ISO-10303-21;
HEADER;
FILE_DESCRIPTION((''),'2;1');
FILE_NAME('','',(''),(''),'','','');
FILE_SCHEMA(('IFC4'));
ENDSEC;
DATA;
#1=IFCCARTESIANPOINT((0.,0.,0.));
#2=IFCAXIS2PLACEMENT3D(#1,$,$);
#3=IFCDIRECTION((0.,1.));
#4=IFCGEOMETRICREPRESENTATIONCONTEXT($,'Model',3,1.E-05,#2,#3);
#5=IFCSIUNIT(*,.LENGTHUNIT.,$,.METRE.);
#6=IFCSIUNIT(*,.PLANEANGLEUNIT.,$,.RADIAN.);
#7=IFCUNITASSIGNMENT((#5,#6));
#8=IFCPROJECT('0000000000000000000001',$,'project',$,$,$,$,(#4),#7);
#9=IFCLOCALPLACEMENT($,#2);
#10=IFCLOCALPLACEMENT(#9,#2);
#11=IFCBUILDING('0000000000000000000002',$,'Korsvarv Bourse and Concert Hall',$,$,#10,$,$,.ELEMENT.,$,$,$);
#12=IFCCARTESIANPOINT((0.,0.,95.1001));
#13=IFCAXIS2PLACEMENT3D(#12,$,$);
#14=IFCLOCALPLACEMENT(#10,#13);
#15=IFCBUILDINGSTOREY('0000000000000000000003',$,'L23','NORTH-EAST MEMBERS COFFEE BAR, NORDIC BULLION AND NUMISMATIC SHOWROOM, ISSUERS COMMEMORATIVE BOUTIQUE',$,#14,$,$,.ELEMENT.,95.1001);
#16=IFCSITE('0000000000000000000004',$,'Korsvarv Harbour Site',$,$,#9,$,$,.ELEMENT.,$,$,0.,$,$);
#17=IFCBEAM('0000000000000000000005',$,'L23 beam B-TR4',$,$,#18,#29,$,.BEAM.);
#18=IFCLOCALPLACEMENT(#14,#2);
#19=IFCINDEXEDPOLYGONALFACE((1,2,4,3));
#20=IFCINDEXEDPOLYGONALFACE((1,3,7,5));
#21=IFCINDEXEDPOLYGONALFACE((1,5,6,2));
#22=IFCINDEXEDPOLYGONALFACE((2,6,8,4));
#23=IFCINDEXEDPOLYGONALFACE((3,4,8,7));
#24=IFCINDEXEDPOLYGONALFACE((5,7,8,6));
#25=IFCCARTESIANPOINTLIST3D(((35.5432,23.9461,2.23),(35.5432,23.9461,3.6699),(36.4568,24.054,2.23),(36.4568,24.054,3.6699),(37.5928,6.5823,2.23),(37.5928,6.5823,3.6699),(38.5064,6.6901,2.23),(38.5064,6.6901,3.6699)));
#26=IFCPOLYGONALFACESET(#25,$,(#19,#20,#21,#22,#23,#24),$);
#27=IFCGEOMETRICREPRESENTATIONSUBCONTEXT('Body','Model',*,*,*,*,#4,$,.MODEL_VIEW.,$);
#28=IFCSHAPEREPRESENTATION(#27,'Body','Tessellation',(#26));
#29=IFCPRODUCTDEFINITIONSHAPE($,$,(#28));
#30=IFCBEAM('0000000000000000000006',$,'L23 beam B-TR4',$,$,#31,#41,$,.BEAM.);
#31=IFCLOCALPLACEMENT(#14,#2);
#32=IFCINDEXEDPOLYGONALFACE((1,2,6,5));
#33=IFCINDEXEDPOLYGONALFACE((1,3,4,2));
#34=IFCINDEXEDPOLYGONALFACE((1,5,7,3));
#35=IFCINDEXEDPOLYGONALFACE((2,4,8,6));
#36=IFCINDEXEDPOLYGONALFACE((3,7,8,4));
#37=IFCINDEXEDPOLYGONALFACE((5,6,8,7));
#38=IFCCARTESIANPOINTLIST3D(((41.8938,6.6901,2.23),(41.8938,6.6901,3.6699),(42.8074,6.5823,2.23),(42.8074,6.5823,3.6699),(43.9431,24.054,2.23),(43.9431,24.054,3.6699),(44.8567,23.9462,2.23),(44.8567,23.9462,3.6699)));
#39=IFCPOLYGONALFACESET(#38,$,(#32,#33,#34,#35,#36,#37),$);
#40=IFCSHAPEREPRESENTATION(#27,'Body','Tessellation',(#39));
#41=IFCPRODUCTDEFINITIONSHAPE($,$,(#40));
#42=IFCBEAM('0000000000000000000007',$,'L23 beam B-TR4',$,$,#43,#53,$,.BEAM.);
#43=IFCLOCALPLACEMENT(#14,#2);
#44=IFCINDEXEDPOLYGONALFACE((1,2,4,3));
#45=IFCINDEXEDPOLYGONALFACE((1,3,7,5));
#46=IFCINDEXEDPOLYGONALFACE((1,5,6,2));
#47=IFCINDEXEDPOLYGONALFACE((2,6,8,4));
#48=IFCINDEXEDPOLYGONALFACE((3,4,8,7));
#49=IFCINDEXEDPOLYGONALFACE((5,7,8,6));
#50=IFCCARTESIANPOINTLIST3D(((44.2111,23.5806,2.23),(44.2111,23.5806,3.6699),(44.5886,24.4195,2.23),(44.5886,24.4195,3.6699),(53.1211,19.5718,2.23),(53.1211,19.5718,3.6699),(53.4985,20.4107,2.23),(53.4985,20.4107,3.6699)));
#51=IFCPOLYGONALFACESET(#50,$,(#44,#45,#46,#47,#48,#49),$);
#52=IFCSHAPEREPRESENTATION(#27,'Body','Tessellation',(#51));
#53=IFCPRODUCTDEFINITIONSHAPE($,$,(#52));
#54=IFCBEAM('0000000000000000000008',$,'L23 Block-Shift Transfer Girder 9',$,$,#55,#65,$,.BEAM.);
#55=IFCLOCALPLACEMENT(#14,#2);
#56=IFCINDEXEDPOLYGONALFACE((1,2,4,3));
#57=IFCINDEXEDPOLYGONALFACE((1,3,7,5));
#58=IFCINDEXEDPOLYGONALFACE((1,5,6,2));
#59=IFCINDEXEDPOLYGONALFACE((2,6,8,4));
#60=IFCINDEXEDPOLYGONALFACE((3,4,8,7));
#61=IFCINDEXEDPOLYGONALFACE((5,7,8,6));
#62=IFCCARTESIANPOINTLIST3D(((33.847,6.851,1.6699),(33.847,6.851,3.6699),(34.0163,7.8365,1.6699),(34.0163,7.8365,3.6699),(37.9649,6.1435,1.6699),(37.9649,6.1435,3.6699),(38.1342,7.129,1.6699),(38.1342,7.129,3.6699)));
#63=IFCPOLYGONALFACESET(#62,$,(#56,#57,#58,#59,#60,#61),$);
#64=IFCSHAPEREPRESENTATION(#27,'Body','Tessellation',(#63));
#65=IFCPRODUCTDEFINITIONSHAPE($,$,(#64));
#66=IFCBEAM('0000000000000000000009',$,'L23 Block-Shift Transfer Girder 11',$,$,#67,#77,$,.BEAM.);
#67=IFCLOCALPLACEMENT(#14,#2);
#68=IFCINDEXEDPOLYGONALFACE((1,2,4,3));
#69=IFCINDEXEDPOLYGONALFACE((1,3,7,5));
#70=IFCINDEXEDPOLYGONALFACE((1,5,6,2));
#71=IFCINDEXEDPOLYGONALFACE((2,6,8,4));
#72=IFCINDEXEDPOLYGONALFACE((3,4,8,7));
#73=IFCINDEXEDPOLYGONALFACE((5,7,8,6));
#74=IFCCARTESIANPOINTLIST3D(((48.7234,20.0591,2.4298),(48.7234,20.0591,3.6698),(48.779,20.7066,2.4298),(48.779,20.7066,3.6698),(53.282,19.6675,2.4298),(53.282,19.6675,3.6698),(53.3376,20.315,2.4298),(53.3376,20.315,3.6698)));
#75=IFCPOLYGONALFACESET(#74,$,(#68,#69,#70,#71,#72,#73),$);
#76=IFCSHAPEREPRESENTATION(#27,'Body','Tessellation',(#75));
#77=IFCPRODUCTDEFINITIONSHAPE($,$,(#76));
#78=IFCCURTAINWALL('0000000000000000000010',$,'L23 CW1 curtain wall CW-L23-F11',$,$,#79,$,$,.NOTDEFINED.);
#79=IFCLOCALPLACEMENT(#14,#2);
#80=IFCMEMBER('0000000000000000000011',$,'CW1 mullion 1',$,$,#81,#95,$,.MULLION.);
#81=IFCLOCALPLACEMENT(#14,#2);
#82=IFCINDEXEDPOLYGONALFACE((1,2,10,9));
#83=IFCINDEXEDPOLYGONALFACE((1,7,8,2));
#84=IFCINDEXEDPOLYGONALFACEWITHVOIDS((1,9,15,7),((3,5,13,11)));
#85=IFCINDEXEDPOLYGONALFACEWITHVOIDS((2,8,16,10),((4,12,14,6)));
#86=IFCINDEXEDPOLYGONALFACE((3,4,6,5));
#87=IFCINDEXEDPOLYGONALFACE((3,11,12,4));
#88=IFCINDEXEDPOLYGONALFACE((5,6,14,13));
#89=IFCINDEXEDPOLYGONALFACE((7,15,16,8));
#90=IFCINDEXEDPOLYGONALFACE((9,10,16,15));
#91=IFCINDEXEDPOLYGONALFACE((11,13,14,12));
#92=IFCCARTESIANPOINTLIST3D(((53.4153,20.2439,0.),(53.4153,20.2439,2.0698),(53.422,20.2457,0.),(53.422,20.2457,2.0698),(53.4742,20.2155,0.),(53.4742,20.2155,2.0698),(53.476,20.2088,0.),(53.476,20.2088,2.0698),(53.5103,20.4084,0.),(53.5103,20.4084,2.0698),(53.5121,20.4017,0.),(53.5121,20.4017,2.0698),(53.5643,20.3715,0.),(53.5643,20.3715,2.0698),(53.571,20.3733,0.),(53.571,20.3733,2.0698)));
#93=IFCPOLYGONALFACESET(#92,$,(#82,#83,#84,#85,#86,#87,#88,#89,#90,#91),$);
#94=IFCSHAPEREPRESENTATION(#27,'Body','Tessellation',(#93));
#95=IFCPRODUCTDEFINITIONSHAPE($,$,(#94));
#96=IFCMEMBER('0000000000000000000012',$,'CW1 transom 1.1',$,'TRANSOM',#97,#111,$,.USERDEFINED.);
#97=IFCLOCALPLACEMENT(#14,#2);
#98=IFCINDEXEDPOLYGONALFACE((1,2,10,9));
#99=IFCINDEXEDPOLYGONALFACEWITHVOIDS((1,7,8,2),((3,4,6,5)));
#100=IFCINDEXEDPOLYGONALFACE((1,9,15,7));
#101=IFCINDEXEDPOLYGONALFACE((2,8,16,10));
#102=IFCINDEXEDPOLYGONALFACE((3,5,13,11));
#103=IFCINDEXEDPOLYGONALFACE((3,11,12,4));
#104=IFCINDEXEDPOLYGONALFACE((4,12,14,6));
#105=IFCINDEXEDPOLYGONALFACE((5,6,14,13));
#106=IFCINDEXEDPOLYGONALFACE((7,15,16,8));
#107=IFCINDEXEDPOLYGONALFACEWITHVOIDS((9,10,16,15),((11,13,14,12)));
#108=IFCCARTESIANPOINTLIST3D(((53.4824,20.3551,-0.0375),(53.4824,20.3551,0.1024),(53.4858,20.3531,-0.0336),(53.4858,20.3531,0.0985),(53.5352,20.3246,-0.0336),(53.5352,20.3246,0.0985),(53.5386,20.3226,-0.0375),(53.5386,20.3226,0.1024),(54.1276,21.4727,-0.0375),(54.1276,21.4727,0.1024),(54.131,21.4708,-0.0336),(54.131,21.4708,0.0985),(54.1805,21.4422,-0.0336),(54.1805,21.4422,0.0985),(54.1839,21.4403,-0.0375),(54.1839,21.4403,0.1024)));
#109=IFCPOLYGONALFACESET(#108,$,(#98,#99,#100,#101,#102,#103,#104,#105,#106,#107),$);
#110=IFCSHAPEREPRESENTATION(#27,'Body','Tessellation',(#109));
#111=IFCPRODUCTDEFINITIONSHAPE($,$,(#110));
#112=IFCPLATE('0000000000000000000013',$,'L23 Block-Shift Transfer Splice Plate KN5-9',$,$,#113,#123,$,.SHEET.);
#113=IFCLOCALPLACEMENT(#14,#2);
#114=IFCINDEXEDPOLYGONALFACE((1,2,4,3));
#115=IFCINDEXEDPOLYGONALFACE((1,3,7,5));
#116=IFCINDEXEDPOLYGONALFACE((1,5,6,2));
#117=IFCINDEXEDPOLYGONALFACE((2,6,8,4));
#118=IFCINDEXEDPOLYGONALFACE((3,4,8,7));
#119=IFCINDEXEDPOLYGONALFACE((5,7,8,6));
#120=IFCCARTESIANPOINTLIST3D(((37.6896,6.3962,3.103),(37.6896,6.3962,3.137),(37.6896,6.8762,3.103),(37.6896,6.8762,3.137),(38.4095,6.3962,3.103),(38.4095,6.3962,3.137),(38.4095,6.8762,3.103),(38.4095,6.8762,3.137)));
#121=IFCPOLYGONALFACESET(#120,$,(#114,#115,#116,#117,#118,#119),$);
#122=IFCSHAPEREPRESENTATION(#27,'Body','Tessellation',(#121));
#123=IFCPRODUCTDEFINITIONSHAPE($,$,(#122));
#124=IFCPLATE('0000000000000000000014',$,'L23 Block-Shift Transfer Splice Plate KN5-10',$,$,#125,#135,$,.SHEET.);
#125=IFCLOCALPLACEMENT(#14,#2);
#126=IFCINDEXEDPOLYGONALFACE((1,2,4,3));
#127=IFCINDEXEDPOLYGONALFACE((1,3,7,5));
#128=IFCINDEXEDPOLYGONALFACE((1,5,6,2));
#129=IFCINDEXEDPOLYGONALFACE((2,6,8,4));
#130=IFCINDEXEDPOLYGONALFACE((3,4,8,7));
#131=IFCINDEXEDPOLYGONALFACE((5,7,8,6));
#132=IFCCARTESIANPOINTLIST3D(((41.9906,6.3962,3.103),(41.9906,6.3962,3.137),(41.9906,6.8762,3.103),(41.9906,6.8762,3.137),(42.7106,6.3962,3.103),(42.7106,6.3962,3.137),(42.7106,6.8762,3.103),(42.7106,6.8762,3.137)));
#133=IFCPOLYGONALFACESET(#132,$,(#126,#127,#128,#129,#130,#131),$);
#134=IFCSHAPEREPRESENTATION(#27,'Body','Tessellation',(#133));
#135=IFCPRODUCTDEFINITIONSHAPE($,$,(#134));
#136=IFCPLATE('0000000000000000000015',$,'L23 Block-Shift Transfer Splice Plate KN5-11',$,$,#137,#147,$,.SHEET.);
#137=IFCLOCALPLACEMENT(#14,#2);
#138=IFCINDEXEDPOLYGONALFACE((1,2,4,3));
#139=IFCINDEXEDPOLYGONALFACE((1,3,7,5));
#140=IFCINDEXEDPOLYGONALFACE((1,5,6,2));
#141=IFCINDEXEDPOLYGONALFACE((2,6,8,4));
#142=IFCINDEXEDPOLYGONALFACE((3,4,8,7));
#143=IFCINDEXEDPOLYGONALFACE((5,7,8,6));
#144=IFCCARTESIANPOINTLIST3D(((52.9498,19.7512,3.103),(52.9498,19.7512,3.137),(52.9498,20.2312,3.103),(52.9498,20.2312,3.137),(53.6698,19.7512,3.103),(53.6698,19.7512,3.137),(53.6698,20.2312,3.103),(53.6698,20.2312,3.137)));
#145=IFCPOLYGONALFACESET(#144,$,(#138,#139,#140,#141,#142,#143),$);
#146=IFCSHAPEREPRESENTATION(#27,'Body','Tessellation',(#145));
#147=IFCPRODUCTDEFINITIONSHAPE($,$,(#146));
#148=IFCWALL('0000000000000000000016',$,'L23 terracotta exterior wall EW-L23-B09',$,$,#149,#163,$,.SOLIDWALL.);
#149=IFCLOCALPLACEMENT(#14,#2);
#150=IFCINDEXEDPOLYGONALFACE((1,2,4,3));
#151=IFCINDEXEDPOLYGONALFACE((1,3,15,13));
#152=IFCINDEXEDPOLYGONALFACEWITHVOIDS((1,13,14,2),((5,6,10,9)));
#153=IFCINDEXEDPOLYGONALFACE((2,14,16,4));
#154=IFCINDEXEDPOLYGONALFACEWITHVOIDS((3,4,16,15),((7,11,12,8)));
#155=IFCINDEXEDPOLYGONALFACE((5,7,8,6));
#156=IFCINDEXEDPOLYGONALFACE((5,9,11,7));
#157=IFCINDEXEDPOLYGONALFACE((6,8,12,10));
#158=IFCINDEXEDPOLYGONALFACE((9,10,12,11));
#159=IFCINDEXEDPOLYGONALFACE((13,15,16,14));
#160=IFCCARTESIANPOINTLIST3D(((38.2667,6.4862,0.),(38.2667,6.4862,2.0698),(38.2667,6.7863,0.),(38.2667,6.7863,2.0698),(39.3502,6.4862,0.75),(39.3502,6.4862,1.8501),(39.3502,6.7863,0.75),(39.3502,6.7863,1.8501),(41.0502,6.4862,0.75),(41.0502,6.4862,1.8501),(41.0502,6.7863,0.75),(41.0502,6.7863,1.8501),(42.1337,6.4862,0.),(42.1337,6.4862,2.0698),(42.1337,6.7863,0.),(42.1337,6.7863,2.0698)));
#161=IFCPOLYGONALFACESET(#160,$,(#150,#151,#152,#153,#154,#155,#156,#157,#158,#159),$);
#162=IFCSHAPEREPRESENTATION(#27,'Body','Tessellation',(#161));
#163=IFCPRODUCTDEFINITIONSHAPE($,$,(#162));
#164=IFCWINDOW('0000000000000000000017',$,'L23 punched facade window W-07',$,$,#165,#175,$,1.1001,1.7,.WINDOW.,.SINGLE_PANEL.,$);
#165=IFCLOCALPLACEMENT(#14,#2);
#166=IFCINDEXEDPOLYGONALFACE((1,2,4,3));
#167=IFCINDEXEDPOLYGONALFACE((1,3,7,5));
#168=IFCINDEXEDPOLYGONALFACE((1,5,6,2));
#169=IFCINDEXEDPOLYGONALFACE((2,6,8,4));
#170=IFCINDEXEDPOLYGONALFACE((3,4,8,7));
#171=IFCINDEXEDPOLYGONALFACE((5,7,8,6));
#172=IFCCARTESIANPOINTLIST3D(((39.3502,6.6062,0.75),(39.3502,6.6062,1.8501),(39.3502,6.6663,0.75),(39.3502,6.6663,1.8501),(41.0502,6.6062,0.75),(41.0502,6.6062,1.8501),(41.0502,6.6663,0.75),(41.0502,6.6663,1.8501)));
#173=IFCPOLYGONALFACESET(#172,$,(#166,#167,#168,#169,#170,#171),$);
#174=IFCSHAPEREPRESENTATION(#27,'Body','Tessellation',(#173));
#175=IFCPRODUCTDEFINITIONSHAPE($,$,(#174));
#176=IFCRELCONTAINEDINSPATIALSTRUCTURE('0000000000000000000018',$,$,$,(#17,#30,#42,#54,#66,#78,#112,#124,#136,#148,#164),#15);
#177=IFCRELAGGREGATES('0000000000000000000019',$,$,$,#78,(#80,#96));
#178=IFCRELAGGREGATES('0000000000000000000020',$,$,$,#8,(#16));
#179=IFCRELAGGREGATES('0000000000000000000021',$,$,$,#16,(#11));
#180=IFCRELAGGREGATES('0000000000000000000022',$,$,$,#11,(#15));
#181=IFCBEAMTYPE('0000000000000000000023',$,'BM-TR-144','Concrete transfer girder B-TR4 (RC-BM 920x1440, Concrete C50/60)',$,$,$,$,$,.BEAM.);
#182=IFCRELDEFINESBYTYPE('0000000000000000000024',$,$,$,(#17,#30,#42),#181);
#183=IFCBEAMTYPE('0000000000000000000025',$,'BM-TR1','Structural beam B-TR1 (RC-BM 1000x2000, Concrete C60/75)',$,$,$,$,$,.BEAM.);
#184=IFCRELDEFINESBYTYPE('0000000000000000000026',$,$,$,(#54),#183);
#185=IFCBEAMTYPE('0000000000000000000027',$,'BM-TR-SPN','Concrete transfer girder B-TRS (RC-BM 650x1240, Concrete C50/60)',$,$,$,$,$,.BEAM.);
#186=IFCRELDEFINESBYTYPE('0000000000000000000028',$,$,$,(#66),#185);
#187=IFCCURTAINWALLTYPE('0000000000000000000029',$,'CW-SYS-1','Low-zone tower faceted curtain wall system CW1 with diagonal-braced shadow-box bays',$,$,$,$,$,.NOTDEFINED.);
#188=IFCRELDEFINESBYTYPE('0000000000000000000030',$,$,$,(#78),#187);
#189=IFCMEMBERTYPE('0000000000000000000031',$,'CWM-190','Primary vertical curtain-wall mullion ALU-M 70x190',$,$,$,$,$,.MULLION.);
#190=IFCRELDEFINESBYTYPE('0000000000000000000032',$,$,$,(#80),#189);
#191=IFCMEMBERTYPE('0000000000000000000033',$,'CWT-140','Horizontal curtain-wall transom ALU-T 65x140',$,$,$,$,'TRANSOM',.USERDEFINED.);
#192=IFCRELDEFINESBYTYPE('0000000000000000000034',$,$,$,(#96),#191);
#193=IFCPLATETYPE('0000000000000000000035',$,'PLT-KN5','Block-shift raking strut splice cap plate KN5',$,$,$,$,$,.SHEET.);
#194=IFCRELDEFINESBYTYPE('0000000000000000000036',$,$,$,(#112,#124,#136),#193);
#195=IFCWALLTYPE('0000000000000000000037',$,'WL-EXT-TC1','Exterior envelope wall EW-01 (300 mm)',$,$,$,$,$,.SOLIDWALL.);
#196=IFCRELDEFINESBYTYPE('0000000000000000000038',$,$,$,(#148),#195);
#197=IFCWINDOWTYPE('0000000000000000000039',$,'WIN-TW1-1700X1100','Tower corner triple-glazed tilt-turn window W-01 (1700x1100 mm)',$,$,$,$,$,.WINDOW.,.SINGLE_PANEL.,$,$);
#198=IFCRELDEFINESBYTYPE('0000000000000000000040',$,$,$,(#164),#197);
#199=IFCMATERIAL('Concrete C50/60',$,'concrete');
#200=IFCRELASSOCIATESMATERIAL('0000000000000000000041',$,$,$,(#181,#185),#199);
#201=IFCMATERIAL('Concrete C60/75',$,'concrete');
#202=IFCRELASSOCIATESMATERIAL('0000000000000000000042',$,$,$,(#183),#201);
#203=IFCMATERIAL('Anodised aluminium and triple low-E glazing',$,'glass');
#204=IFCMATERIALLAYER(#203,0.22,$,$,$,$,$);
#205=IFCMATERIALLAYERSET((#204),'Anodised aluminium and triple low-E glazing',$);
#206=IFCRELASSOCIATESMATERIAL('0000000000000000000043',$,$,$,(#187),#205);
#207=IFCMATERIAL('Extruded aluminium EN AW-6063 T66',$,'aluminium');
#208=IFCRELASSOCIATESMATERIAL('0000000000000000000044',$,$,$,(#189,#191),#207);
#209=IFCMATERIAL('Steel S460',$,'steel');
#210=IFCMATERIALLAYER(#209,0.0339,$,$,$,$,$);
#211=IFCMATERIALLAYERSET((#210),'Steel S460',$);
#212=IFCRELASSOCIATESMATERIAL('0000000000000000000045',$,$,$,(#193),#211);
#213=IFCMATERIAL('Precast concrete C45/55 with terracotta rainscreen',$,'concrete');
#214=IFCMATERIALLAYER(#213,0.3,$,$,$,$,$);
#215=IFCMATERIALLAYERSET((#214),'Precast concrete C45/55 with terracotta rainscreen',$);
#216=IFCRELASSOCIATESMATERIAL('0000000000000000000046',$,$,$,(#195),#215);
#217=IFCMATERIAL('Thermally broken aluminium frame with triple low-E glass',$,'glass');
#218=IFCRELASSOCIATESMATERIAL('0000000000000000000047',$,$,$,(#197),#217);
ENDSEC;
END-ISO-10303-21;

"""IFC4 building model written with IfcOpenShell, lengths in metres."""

from ifc_helpers import new_model, si_unit, direction, frame, frame_2d, origin, origin_2d, place, context, subcontext, project, spatial, rectangle, hollow_rectangle, extrude, source, transform, mapped, material, layer, layer_set, material_profile, profile_set, type_object, element, fill, aggregate, save


model = new_model("IFC4")

# Units and contexts
model_context = context("Model", 3, precision=1e-05, world=origin(), true_north=direction((0.0, 1.0)))
body_context = subcontext(model_context, "Body", "Model", "MODEL_VIEW")
ifc_project = project(units=[si_unit("LENGTHUNIT", "METRE"), si_unit("PLANEANGLEUNIT", "RADIAN")], contexts=[model_context])

# Site, building, storey
site_placement = place(None, origin())
site = spatial("IfcSite", under=ifc_project, at=site_placement, Name="Korsvarv Harbour Site", CompositionType="ELEMENT", RefElevation=0.0)
building_placement = place(site_placement, origin())
building = spatial("IfcBuilding", under=site, at=building_placement, Name="Korsvarv Bourse and Concert Hall", CompositionType="ELEMENT")
storey_placement = place(building_placement, frame((0.0, 0.0, 95.1001)))
storey = spatial("IfcBuildingStorey", under=building, at=storey_placement, Name="L23", Description="NORTH-EAST MEMBERS COFFEE BAR, NORDIC BULLION AND NUMISMATIC SHOWROOM, ISSUERS COMMEMORATIVE BOUTIQUE", CompositionType="ELEMENT", Elevation=95.1001)

# Shared definitions
ifc_material_1 = material(Name="Steel S460", Category="steel")

# Beams
ifc_material_2 = material(Name="Concrete C50/60", Category="concrete")
ifc_material_profile_1 = material_profile(ifc_material_2, rectangle(XDim=0.9199, YDim=1.4399, at=origin_2d()), Name="RC-BM 920x1440")
ifc_profile_set_1 = profile_set([ifc_material_profile_1], Name="Concrete C50/60")
beam_type_1 = type_object("IfcBeamType", Name="BM-TR-144", Description="Concrete transfer girder B-TR4 (RC-BM 920x1440, Concrete C50/60)", PredefinedType="BEAM", material=ifc_profile_set_1)
shared_shape_1 = source(origin(), body_context, "Body", "SweptSolid", [
    extrude(rectangle(XDim=0.9199, YDim=1.4399, at=origin_2d()), origin(), (0.0, 0.0, 1.0), 17.4844),
])
for number, where, z_axis, x_axis, name in (
    (1, (38.0496, 6.6362, 2.95), (-0.117223, 0.993106, 0.0), (-0.993106, -0.117223, 0.0), "L23 beam B-TR4"),
    (2, (42.3506, 6.6362, 2.95), (0.117209, 0.993107, 0.0), (-0.993107, 0.117209, 0.0), "L23 beam B-TR4"),
):
    element("IfcBeam", number, at=place(storey_placement, frame(where, z_axis=z_axis, x_axis=x_axis)), inside=storey, type_object=beam_type_1, Name=name, PredefinedType="BEAM", context=body_context, shape_type="MappedRepresentation", body=[
        mapped(shared_shape_1, transform((0.0, 0.0, 0.0), scale=1.0)),
    ])
shared_shape_2 = source(origin(), body_context, "Body", "SweptSolid", [
    extrude(rectangle(XDim=0.9199, YDim=1.4399, at=origin_2d()), origin(), (0.0, 0.0, 1.0), 9.7703),
])
beam_1_placement = place(storey_placement, frame((53.3098, 19.9912, 2.95), z_axis=(-0.911947, 0.410308, 0.0), x_axis=(-0.410308, -0.911947, 0.0)))
element("IfcBeam", 3, at=beam_1_placement, inside=storey, type_object=beam_type_1, Name="L23 beam B-TR4", PredefinedType="BEAM", context=body_context, shape_type="MappedRepresentation", body=[
    mapped(shared_shape_2, transform((0.0, 0.0, 0.0), scale=1.0)),
])
ifc_material_3 = material(Name="Concrete C60/75", Category="concrete")
ifc_material_profile_2 = material_profile(ifc_material_3, rectangle(XDim=1.0, YDim=2.0, at=origin_2d()), Name="RC-BM 1000x2000")
ifc_profile_set_2 = profile_set([ifc_material_profile_2], Name="Concrete C60/75")
beam_type_2 = type_object("IfcBeamType", Name="BM-TR1", Description="Structural beam B-TR1 (RC-BM 1000x2000, Concrete C60/75)", PredefinedType="BEAM", material=ifc_profile_set_2)
shared_shape_3 = source(origin(), body_context, "Body", "SweptSolid", [
    extrude(rectangle(XDim=1.0, YDim=2.0, at=origin_2d()), origin(), (0.0, 0.0, 1.0), 4.1782),
])
beam_2_placement = place(storey_placement, frame((38.0496, 6.6362, 2.6699), z_axis=(-0.985559, 0.169334, 0.0), x_axis=(-0.169334, -0.985559, 0.0)))
element("IfcBeam", 4, at=beam_2_placement, inside=storey, type_object=beam_type_2, Name="L23 Block-Shift Transfer Girder 9", PredefinedType="BEAM", context=body_context, shape_type="MappedRepresentation", body=[
    mapped(shared_shape_3, transform((0.0, 0.0, 0.0), scale=1.0)),
])
ifc_material_profile_3 = material_profile(ifc_material_2, rectangle(XDim=0.6499, YDim=1.24, at=origin_2d()), Name="RC-BM 650x1240")
ifc_profile_set_3 = profile_set([ifc_material_profile_3], Name="Concrete C50/60")
beam_type_3 = type_object("IfcBeamType", Name="BM-TR-SPN", Description="Concrete transfer girder B-TRS (RC-BM 650x1240, Concrete C50/60)", PredefinedType="BEAM", material=ifc_profile_set_3)
shared_shape_4 = source(origin(), body_context, "Body", "SweptSolid", [
    extrude(rectangle(XDim=0.6499, YDim=1.24, at=origin_2d()), origin(), (0.0, 0.0, 1.0), 4.5754),
])
beam_3_placement = place(storey_placement, frame((53.3098, 19.9912, 3.0498), z_axis=(-0.996331, 0.085589, 0.0), x_axis=(-0.085589, -0.996331, 0.0)))
element("IfcBeam", 5, at=beam_3_placement, inside=storey, type_object=beam_type_3, Name="L23 Block-Shift Transfer Girder 11", PredefinedType="BEAM", context=body_context, shape_type="MappedRepresentation", body=[
    mapped(shared_shape_4, transform((0.0, 0.0, 0.0), scale=1.0)),
])

# Curtain wall, members
ifc_material_4 = material(Name="Anodised aluminium and triple low-E glazing", Category="glass")
ifc_layer_1 = layer(ifc_material_4, 0.22)
ifc_layer_set_1 = layer_set([ifc_layer_1], Name="Anodised aluminium and triple low-E glazing")
curtain_wall_type = type_object("IfcCurtainWallType", Name="CW-SYS-1", Description="Low-zone tower faceted curtain wall system CW1 with diagonal-braced shadow-box bays", PredefinedType="NOTDEFINED", material=ifc_layer_set_1)
curtain_wall_placement = place(storey_placement, origin())
curtain_wall = element("IfcCurtainWall", 6, at=curtain_wall_placement, inside=storey, type_object=curtain_wall_type, Name="L23 CW1 curtain wall CW-L23-F11", PredefinedType="NOTDEFINED")
ifc_material_5 = material(Name="Extruded aluminium EN AW-6063 T66", Category="aluminium")
ifc_material_profile_4 = material_profile(ifc_material_5, hollow_rectangle(XDim=0.0701, YDim=0.1899, WallThickness=0.0049, at=origin_2d()), Name="ALU-M 70x190")
ifc_profile_set_4 = profile_set([ifc_material_profile_4], Name="Extruded aluminium EN AW-6063 T66")
member_type_1 = type_object("IfcMemberType", Name="CWM-190", Description="Primary vertical curtain-wall mullion ALU-M 70x190", PredefinedType="MULLION", material=ifc_profile_set_4)
shared_shape_5 = source(origin(), body_context, "Body", "SweptSolid", [
    extrude(hollow_rectangle(XDim=0.0701, YDim=0.1899, WallThickness=0.0049, at=origin_2d()), origin(), (0.0, 0.0, 1.0), 2.0698),
])
member_1_placement = place(storey_placement, frame((53.4932, 20.3086, 0.0), z_axis=(0.0, 0.0, 1.0), x_axis=(-0.866026, 0.499999, 0.0)))
member_1 = element("IfcMember", 7, at=member_1_placement, type_object=member_type_1, Name="CW1 mullion 1", PredefinedType="MULLION", context=body_context, shape_type="MappedRepresentation", body=[
    mapped(shared_shape_5, transform((0.0, 0.0, 0.0), scale=1.0)),
])
ifc_material_profile_5 = material_profile(ifc_material_5, hollow_rectangle(XDim=0.0649, YDim=0.1399, WallThickness=0.0039, at=origin_2d()), Name="ALU-T 65x140")
ifc_profile_set_5 = profile_set([ifc_material_profile_5], Name="Extruded aluminium EN AW-6063 T66")
member_type_2 = type_object("IfcMemberType", Name="CWT-140", Description="Horizontal curtain-wall transom ALU-T 65x140", ElementType="TRANSOM", PredefinedType="USERDEFINED", material=ifc_profile_set_5)
shared_shape_6 = source(origin(), body_context, "Body", "SweptSolid", [
    extrude(hollow_rectangle(XDim=0.0649, YDim=0.1399, WallThickness=0.0039, at=origin_2d()), origin(), (0.0, 0.0, 1.0), 1.2905),
])
member_2_placement = place(storey_placement, frame((53.5105, 20.3389, 0.0325), z_axis=(0.499984, 0.866034, 0.0), x_axis=(-0.866034, 0.499984, 0.0)))
member_2 = element("IfcMember", 8, at=member_2_placement, type_object=member_type_2, Name="CW1 transom 1.1", ObjectType="TRANSOM", PredefinedType="USERDEFINED", context=body_context, shape_type="MappedRepresentation", body=[
    mapped(shared_shape_6, transform((0.0, 0.0, 0.0), scale=1.0)),
])
aggregate(curtain_wall, [member_1, member_2])

# Plates
ifc_layer_2 = layer(ifc_material_1, 0.0339)
ifc_layer_set_2 = layer_set([ifc_layer_2], Name="Steel S460")
plate_type = type_object("IfcPlateType", Name="PLT-KN5", Description="Block-shift raking strut splice cap plate KN5", PredefinedType="SHEET", material=ifc_layer_set_2)
shared_shape_7 = source(origin(), body_context, "Body", "SweptSolid", [
    extrude(rectangle(XDim=0.72, YDim=0.48, at=origin_2d()), origin(), (0.0, 0.0, 1.0), 0.0339),
])
for number, where, z_axis, x_axis, name in (
    (9, (38.0496, 6.6362, 3.103), (0.0, 0.0, 1.0), (1.0, 0.0, 0.0), "L23 Block-Shift Transfer Splice Plate KN5-9"),
    (10, (42.3506, 6.6362, 3.103), (0.0, 0.0, 1.0), (1.0, 0.0, 0.0), "L23 Block-Shift Transfer Splice Plate KN5-10"),
    (11, (53.3098, 19.9912, 3.103), (0.0, 0.0, 1.0), (1.0, 0.0, 0.0), "L23 Block-Shift Transfer Splice Plate KN5-11"),
):
    element("IfcPlate", number, at=place(storey_placement, frame(where, z_axis=z_axis, x_axis=x_axis)), inside=storey, type_object=plate_type, Name=name, PredefinedType="SHEET", context=body_context, shape_type="MappedRepresentation", body=[
        mapped(shared_shape_7, transform((0.0, 0.0, 0.0), scale=1.0)),
    ])

# Wall, opening, window
ifc_material_6 = material(Name="Precast concrete C45/55 with terracotta rainscreen", Category="concrete")
ifc_layer_3 = layer(ifc_material_6, 0.3)
ifc_layer_set_3 = layer_set([ifc_layer_3], Name="Precast concrete C45/55 with terracotta rainscreen")
wall_type_1 = type_object("IfcWallType", Name="WL-EXT-TC1", Description="Exterior envelope wall EW-01 (300 mm)", PredefinedType="SOLIDWALL", material=ifc_layer_set_3)
wall_1_placement = place(storey_placement, frame((38.2666, 6.6362, 0.0), z_axis=(0.0, 0.0, 1.0), x_axis=(1.0, 0.0, 0.0)))
wall_1 = element("IfcWall", 12, at=wall_1_placement, inside=storey, type_object=wall_type_1, Name="L23 terracotta exterior wall EW-L23-B09", PredefinedType="SOLIDWALL", context=body_context, shape_type="SweptSolid", body=[
    extrude(rectangle(XDim=3.8669, YDim=0.3, at=frame_2d((1.9336, 0.0))), origin(), (0.0, 0.0, 1.0), 2.0698),
])
opening_1_placement = place(wall_1_placement, frame((1.0835, 0.0, 0.75)))
opening_1 = element("IfcOpeningElement", 13, at=opening_1_placement, cuts=wall_1, PredefinedType="OPENING", context=body_context, shape_type="SweptSolid", body=[
    extrude(rectangle(XDim=1.7, YDim=1.1001, at=frame_2d((0.8501, 0.55))), frame((0.0, 0.1602, 0.0), z_axis=(0.0, -1.0, 0.0), x_axis=(1.0, 0.0, 0.0)), (0.0, 0.0, 1.0), 0.3201),
])
ifc_material_7 = material(Name="Thermally broken aluminium frame with triple low-E glass", Category="glass")
window_type = type_object("IfcWindowType", Name="WIN-TW1-1700X1100", Description="Tower corner triple-glazed tilt-turn window W-01 (1700x1100 mm)", PartitioningType="SINGLE_PANEL", PredefinedType="WINDOW", material=ifc_material_7)
window_1_placement = place(opening_1_placement, origin())
window_1 = element("IfcWindow", 14, at=window_1_placement, inside=storey, type_object=window_type, Name="L23 punched facade window W-07", OverallHeight=1.1001, OverallWidth=1.7, PartitioningType="SINGLE_PANEL", PredefinedType="WINDOW", context=body_context, shape_type="SweptSolid", body=[
    extrude(rectangle(XDim=1.7, YDim=1.1001, at=frame_2d((0.8501, 0.55))), frame((0.0, 0.03, 0.0), z_axis=(0.0, -1.0, 0.0), x_axis=(1.0, 0.0, 0.0)), (0.0, 0.0, 1.0), 0.0601),
])
fill(opening_1, window_1)

save(model, "model.ifc")
